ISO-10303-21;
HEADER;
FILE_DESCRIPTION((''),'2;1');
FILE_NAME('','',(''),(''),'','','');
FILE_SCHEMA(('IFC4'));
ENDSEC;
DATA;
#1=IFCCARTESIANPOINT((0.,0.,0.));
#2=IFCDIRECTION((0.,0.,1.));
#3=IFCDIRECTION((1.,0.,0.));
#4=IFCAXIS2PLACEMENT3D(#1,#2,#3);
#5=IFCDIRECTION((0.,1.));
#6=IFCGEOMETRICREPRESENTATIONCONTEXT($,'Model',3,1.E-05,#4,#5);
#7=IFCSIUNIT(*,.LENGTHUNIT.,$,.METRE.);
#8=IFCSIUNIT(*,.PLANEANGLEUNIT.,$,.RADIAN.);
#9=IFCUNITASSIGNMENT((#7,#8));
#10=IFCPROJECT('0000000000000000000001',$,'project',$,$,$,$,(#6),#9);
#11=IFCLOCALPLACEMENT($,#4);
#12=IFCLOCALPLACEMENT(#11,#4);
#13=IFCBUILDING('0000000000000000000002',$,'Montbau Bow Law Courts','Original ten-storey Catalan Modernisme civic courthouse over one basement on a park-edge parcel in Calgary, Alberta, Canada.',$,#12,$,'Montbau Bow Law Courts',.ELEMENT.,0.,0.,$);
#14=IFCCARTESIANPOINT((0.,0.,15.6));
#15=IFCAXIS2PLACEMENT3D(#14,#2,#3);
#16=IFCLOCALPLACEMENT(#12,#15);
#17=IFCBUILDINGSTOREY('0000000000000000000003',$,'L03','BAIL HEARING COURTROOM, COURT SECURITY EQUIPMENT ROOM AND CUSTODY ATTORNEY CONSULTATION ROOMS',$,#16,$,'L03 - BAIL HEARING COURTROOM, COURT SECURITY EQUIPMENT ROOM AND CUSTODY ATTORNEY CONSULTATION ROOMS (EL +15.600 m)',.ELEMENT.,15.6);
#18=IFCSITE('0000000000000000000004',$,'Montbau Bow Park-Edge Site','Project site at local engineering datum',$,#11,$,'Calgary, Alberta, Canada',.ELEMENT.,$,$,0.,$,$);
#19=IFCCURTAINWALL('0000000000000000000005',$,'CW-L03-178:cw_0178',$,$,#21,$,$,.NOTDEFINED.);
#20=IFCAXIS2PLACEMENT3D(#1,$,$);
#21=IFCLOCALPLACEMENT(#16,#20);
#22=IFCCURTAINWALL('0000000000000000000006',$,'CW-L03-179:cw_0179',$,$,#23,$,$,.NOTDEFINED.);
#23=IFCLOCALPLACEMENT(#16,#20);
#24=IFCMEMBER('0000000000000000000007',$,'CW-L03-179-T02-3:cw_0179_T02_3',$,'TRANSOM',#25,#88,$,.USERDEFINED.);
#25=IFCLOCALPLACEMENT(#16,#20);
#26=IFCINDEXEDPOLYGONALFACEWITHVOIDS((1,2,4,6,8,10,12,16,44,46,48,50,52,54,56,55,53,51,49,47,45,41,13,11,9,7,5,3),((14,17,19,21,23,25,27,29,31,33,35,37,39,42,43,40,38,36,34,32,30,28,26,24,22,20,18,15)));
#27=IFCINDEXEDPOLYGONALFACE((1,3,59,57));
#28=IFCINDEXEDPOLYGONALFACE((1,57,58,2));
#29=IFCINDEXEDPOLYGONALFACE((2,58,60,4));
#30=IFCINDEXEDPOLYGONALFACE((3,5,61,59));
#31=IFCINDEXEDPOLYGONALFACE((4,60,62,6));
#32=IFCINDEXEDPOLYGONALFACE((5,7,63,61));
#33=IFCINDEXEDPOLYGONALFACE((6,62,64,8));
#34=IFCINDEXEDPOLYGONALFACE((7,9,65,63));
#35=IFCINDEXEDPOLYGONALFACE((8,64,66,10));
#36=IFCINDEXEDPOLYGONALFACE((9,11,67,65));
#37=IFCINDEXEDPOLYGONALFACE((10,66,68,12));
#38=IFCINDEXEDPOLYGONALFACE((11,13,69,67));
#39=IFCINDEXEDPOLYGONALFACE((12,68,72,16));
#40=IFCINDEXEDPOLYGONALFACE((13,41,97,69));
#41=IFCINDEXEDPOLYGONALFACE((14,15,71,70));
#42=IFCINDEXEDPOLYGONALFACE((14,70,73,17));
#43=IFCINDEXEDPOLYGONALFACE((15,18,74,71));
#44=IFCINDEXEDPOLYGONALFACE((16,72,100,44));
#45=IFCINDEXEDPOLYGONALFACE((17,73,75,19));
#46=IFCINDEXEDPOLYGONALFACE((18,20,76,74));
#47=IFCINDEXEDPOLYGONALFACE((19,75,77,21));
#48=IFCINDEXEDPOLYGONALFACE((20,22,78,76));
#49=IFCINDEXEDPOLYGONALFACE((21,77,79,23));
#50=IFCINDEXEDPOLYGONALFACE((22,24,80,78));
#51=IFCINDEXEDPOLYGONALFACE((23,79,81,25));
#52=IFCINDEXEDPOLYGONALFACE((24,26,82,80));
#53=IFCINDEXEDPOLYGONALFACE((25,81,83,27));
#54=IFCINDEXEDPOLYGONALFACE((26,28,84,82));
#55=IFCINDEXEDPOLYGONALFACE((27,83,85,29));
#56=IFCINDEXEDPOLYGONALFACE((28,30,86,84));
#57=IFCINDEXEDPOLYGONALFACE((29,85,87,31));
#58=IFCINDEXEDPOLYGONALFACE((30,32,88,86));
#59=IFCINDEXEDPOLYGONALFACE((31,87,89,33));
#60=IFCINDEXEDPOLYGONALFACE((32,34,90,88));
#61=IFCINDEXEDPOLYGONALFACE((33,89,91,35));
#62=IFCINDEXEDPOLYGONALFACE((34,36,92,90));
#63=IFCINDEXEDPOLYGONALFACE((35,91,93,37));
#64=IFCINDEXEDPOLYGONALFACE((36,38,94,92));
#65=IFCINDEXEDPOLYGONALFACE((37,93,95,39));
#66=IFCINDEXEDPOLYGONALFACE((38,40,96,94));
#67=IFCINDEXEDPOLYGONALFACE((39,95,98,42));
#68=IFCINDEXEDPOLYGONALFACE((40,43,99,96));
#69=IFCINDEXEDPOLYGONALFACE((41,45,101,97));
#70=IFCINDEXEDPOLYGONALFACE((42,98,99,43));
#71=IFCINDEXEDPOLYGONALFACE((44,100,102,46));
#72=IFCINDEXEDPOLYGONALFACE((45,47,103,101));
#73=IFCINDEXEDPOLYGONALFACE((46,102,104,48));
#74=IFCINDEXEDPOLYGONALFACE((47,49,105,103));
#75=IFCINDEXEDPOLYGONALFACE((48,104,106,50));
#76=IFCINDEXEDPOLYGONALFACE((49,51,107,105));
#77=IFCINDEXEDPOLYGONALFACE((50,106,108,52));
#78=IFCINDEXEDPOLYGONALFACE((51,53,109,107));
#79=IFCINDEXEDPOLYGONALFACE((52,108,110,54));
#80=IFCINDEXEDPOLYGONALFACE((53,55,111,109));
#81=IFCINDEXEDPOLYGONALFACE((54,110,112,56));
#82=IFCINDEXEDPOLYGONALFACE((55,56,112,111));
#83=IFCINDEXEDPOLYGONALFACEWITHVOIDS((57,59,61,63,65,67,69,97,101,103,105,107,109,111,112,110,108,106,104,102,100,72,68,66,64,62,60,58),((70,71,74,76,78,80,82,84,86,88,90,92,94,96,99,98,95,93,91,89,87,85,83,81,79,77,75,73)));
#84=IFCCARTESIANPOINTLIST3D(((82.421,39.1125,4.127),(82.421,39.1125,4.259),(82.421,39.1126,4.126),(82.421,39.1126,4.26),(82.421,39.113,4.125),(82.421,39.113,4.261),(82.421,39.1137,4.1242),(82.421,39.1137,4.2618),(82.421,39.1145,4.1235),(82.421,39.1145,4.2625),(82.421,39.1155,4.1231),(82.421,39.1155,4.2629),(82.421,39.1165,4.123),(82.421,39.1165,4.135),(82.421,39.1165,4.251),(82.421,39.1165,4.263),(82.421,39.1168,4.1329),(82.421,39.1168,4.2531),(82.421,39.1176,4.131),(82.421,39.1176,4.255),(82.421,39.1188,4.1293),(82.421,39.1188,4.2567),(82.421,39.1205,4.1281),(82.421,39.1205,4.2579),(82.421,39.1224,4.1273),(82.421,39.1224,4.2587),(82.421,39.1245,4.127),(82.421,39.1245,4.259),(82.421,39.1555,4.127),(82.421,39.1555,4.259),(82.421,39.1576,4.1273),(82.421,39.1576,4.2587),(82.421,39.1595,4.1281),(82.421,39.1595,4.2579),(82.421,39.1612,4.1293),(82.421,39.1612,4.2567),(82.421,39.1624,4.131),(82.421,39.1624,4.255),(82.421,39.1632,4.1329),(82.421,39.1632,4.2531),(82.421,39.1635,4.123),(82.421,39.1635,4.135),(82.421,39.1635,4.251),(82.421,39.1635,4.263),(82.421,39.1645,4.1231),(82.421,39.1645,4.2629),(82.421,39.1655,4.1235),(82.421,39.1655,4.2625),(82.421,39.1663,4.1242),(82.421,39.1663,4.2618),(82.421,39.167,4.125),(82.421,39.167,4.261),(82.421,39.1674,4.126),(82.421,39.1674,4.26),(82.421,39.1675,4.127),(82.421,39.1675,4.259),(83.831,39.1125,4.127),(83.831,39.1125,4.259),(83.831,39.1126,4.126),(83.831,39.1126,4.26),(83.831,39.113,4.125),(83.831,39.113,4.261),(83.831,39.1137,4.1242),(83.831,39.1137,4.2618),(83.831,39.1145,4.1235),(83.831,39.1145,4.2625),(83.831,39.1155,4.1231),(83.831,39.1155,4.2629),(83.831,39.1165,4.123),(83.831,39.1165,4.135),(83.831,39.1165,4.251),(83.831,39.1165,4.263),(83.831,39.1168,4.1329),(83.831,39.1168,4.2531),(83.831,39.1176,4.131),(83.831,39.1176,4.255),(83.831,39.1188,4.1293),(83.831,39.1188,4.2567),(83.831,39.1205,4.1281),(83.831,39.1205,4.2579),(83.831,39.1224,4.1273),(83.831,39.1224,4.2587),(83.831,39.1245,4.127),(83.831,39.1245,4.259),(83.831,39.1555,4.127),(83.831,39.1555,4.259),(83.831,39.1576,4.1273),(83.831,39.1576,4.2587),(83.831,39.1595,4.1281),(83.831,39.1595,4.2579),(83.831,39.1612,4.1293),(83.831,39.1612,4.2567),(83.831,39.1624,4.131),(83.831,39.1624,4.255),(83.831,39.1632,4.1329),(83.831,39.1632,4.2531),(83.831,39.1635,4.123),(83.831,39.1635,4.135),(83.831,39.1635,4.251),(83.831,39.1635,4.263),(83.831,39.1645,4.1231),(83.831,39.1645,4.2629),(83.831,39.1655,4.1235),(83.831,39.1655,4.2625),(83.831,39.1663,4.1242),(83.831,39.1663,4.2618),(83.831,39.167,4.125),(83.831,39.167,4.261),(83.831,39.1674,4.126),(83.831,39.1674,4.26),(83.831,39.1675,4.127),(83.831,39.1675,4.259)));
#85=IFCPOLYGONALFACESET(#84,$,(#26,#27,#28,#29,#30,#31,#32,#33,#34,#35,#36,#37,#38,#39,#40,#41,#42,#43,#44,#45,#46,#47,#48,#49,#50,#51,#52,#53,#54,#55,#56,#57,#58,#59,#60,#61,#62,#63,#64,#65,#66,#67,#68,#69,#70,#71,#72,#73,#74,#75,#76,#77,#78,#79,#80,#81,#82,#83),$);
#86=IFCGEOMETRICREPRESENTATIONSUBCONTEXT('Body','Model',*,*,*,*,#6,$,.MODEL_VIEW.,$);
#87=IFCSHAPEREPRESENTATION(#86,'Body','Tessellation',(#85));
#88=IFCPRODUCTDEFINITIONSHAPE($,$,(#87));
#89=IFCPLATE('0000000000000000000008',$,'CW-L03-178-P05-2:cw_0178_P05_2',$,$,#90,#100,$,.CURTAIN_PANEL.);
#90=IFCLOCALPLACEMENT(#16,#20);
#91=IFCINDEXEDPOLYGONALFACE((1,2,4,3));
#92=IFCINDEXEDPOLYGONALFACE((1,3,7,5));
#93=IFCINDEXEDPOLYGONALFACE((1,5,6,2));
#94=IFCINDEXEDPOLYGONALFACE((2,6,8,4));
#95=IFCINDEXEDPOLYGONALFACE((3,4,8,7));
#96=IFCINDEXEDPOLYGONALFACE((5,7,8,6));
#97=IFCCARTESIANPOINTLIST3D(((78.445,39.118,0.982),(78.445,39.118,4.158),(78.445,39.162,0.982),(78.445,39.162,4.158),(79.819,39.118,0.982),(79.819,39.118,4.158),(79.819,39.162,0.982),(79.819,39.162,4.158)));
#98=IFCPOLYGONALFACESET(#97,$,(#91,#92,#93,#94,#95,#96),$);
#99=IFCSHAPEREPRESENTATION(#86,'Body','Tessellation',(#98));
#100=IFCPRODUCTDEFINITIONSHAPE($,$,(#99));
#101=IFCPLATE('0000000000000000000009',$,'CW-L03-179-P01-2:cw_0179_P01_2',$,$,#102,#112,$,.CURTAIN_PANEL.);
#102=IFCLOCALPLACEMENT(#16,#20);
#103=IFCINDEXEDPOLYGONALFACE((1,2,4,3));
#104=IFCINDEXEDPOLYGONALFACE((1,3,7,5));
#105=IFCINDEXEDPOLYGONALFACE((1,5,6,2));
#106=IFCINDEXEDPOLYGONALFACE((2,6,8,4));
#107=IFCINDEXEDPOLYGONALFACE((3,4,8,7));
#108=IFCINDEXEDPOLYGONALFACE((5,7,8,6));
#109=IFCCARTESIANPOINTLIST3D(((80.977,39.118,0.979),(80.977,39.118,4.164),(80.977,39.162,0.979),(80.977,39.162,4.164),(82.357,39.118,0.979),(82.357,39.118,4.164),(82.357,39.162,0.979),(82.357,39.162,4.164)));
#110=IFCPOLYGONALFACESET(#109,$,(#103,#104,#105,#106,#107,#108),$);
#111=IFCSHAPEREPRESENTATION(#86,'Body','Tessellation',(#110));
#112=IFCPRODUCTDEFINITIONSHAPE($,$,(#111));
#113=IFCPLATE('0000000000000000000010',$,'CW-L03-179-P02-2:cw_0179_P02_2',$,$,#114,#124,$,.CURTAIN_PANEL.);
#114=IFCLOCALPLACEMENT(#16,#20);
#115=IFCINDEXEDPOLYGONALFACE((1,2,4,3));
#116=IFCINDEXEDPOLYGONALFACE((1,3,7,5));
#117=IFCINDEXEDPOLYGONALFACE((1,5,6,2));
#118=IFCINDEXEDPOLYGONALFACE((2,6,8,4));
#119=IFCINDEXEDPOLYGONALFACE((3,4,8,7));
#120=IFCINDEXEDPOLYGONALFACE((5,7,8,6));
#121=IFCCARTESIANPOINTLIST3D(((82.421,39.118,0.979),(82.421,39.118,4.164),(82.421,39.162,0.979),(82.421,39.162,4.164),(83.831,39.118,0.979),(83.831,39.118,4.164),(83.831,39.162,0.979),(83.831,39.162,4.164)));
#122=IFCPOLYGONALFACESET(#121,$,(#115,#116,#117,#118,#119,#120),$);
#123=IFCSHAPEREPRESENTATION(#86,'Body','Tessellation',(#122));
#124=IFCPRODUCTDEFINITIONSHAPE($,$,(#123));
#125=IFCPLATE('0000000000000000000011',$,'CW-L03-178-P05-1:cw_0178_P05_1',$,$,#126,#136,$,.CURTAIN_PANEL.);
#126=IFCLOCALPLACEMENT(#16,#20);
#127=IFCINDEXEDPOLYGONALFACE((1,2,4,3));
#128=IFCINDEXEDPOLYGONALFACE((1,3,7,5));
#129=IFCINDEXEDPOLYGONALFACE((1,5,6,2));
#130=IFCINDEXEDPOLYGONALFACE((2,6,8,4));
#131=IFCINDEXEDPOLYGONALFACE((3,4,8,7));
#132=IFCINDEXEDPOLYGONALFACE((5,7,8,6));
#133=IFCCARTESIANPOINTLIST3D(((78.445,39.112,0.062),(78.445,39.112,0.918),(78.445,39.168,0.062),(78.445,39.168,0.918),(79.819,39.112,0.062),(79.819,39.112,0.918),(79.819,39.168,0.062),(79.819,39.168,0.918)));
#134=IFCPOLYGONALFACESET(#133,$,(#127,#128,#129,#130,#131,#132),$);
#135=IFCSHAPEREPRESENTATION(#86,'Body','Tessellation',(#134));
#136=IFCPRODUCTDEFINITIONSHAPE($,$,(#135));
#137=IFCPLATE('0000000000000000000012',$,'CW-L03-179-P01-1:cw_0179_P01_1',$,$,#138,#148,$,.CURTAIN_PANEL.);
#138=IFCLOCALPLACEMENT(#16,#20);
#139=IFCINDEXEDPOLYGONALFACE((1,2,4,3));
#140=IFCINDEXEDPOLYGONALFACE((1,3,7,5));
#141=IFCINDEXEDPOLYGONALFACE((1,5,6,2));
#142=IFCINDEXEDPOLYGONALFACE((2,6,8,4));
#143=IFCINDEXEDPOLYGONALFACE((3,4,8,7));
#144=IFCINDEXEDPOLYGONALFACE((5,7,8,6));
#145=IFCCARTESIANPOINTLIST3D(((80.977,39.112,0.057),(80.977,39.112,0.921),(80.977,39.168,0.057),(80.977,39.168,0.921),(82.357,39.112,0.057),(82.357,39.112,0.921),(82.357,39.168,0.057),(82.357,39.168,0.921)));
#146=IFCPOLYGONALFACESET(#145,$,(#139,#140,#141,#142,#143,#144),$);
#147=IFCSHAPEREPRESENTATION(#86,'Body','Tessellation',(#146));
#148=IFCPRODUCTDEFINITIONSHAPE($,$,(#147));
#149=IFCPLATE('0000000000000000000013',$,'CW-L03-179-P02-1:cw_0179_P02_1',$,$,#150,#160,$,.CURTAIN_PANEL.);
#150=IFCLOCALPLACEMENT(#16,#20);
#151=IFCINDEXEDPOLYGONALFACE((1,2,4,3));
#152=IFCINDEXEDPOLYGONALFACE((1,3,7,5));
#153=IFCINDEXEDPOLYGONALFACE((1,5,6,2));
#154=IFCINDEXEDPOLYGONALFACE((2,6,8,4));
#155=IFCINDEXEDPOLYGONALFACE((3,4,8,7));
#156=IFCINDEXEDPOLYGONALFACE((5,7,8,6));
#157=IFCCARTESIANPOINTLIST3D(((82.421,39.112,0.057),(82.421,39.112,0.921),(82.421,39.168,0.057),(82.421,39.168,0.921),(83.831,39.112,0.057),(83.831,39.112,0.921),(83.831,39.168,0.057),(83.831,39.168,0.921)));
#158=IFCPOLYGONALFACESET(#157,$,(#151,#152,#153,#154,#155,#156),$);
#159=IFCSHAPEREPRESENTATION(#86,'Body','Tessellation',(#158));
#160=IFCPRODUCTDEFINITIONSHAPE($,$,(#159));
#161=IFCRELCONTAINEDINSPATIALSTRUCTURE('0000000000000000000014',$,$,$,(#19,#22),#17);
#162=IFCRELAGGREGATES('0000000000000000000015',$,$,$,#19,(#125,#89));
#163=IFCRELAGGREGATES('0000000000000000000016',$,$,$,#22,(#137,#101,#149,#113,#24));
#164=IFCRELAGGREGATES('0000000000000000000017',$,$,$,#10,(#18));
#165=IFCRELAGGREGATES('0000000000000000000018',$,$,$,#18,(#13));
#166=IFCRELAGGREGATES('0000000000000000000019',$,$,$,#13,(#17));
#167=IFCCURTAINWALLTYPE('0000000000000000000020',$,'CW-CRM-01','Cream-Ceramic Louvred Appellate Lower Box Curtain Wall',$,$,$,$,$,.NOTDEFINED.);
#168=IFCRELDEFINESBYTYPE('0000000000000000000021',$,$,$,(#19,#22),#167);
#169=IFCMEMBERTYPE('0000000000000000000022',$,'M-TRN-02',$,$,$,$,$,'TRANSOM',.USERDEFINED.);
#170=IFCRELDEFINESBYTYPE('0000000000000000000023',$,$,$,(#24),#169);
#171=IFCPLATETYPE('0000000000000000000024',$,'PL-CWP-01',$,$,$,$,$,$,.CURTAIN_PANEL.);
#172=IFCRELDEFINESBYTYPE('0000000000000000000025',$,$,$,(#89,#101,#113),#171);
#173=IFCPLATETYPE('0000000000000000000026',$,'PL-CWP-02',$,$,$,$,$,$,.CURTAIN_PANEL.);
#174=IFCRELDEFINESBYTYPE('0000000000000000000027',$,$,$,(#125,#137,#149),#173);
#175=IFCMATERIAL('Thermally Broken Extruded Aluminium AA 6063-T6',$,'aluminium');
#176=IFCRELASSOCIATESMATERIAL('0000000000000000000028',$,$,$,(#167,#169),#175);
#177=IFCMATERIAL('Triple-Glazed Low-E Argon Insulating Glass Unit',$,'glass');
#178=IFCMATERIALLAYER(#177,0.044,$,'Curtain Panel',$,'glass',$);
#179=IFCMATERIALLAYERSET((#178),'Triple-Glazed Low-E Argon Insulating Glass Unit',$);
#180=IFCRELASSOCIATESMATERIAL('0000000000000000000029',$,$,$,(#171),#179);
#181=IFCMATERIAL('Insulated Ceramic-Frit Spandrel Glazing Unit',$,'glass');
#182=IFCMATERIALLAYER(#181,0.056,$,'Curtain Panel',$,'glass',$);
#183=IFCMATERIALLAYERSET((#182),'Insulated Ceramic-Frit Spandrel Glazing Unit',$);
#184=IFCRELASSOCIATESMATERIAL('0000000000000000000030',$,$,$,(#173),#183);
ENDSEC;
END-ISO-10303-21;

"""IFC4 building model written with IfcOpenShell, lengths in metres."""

from ifc_helpers import new_model, si_unit, direction, frame, frame_2d, origin_with_axes, origin_2d_with_axis, place, context, subcontext, project, spatial, rectangle, hollow_rectangle, extrude, material, layer, layer_set, material_profile, profile_set, type_object, element, aggregate, save


model = new_model("IFC4")

# Units and contexts
model_context = context("Model", 3, precision=1e-05, world=origin_with_axes(), true_north=direction((0.0, 1.0)))
body_context = subcontext(model_context, "Body", "Model", "MODEL_VIEW")
ifc_project = project(units=[si_unit("LENGTHUNIT", "METRE"), si_unit("PLANEANGLEUNIT", "RADIAN")], contexts=[model_context])

# Site, building, storey
site_placement = place(None, origin_with_axes())
site = spatial("IfcSite", under=ifc_project, at=site_placement, Name="Montbau Bow Park-Edge Site", Description="Project site at local engineering datum", LongName="Calgary, Alberta, Canada", CompositionType="ELEMENT", RefElevation=0.0)
building_placement = place(site_placement, origin_with_axes())
building = spatial("IfcBuilding", under=site, at=building_placement, Name="Montbau Bow Law Courts", Description="Original ten-storey Catalan Modernisme civic courthouse over one basement on a park-edge parcel in Calgary, Alberta, Canada.", LongName="Montbau Bow Law Courts", CompositionType="ELEMENT", ElevationOfRefHeight=0.0, ElevationOfTerrain=0.0)
storey_placement = place(building_placement, frame((0.0, 0.0, 15.6), z_axis=(0.0, 0.0, 1.0), x_axis=(1.0, 0.0, 0.0)))
storey = spatial("IfcBuildingStorey", under=building, at=storey_placement, Name="L03", Description="BAIL HEARING COURTROOM, COURT SECURITY EQUIPMENT ROOM AND CUSTODY ATTORNEY CONSULTATION ROOMS", LongName="L03 - BAIL HEARING COURTROOM, COURT SECURITY EQUIPMENT ROOM AND CUSTODY ATTORNEY CONSULTATION ROOMS (EL +15.600 m)", CompositionType="ELEMENT", Elevation=15.6)

# Curtain walls
ifc_material_1 = material(Name="Thermally Broken Extruded Aluminium AA 6063-T6", Category="aluminium")
curtain_wall_type = type_object("IfcCurtainWallType", Name="CW-CRM-01", Description="Cream-Ceramic Louvred Appellate Lower Box Curtain Wall", PredefinedType="NOTDEFINED", material=ifc_material_1)
curtain_wall_1_placement = place(None, frame((72.515, 39.14, 15.6), z_axis=(0.0, 0.0, 1.0), x_axis=(1.0, 0.0, 0.0)))
curtain_wall_1 = element("IfcCurtainWall", 1, at=curtain_wall_1_placement, inside=storey, type_object=curtain_wall_type, Name="CW-L03-178:cw_0178", PredefinedType="NOTDEFINED")
curtain_wall_2_placement = place(None, frame((80.915, 39.14, 15.6), z_axis=(0.0, 0.0, 1.0), x_axis=(1.0, 0.0, 0.0)))
curtain_wall_2 = element("IfcCurtainWall", 2, at=curtain_wall_2_placement, inside=storey, type_object=curtain_wall_type, Name="CW-L03-179:cw_0179", PredefinedType="NOTDEFINED")

# Member
ifc_material_profile_1 = material_profile(ifc_material_1, hollow_rectangle(XDim=0.055, YDim=0.14, WallThickness=0.004, InnerFilletRadius=0.008, OuterFilletRadius=0.004, at=origin_2d_with_axis()), Name="CWT-140X55", Category="Main", Priority=0)
ifc_profile_set_1 = profile_set([ifc_material_profile_1], Name="Thermally Broken Extruded Aluminium AA 6063-T6")
member_type_1 = type_object("IfcMemberType", Name="M-TRN-02", ElementType="TRANSOM", PredefinedType="USERDEFINED", material=ifc_profile_set_1)
member_1_placement = place(None, frame((82.421, 39.14, 19.793), z_axis=(1.0, 0.0, 0.0), x_axis=(0.0, 1.0, 0.0)))
member_1 = element("IfcMember", 3, at=member_1_placement, type_object=member_type_1, Name="CW-L03-179-T02-3:cw_0179_T02_3", ObjectType="TRANSOM", PredefinedType="USERDEFINED", context=body_context, shape_type="SweptSolid", body=[
    extrude(hollow_rectangle(XDim=0.055, YDim=0.14, WallThickness=0.004, InnerFilletRadius=0.008, OuterFilletRadius=0.004, at=origin_2d_with_axis()), origin_with_axes(), (0.0, 0.0, 1.0), 1.41),
])

# Plates
ifc_material_2 = material(Name="Triple-Glazed Low-E Argon Insulating Glass Unit", Category="glass")
ifc_layer_1 = layer(ifc_material_2, 0.044, Name="Curtain Panel", Category="glass")
ifc_layer_set_1 = layer_set([ifc_layer_1], Name="Triple-Glazed Low-E Argon Insulating Glass Unit")
plate_type_1 = type_object("IfcPlateType", Name="PL-CWP-01", PredefinedType="CURTAIN_PANEL", material=ifc_layer_set_1)
plate_1_placement = place(None, frame((78.445, 39.14, 16.582), z_axis=(0.0, -1.0, 0.0), x_axis=(1.0, 0.0, 0.0)))
plate_1 = element("IfcPlate", 4, at=plate_1_placement, type_object=plate_type_1, Name="CW-L03-178-P05-2:cw_0178_P05_2", PredefinedType="CURTAIN_PANEL", context=body_context, shape_type="SweptSolid", body=[
    extrude(rectangle(XDim=1.374, YDim=3.176, at=frame_2d((0.687, 1.588), x_axis=(1.0, 0.0))), frame((0.0, 0.0, -0.022), z_axis=(0.0, 0.0, 1.0), x_axis=(1.0, 0.0, 0.0)), (0.0, 0.0, 1.0), 0.044),
])
plate_2_placement = place(None, frame((80.977, 39.14, 16.579), z_axis=(0.0, -1.0, 0.0), x_axis=(1.0, 0.0, 0.0)))
plate_2 = element("IfcPlate", 5, at=plate_2_placement, type_object=plate_type_1, Name="CW-L03-179-P01-2:cw_0179_P01_2", PredefinedType="CURTAIN_PANEL", context=body_context, shape_type="SweptSolid", body=[
    extrude(rectangle(XDim=1.38, YDim=3.185, at=frame_2d((0.69, 1.5925), x_axis=(1.0, 0.0))), frame((0.0, 0.0, -0.022), z_axis=(0.0, 0.0, 1.0), x_axis=(1.0, 0.0, 0.0)), (0.0, 0.0, 1.0), 0.044),
])
plate_3_placement = place(None, frame((82.421, 39.14, 16.579), z_axis=(0.0, -1.0, 0.0), x_axis=(1.0, 0.0, 0.0)))
plate_3 = element("IfcPlate", 6, at=plate_3_placement, type_object=plate_type_1, Name="CW-L03-179-P02-2:cw_0179_P02_2", PredefinedType="CURTAIN_PANEL", context=body_context, shape_type="SweptSolid", body=[
    extrude(rectangle(XDim=1.41, YDim=3.185, at=frame_2d((0.705, 1.5925), x_axis=(1.0, 0.0))), frame((0.0, 0.0, -0.022), z_axis=(0.0, 0.0, 1.0), x_axis=(1.0, 0.0, 0.0)), (0.0, 0.0, 1.0), 0.044),
])
ifc_material_3 = material(Name="Insulated Ceramic-Frit Spandrel Glazing Unit", Category="glass")
ifc_layer_2 = layer(ifc_material_3, 0.056, Name="Curtain Panel", Category="glass")
ifc_layer_set_2 = layer_set([ifc_layer_2], Name="Insulated Ceramic-Frit Spandrel Glazing Unit")
plate_type_2 = type_object("IfcPlateType", Name="PL-CWP-02", PredefinedType="CURTAIN_PANEL", material=ifc_layer_set_2)
plate_4_placement = place(None, frame((78.445, 39.14, 15.662), z_axis=(0.0, -1.0, 0.0), x_axis=(1.0, 0.0, 0.0)))
plate_4 = element("IfcPlate", 7, at=plate_4_placement, type_object=plate_type_2, Name="CW-L03-178-P05-1:cw_0178_P05_1", PredefinedType="CURTAIN_PANEL", context=body_context, shape_type="SweptSolid", body=[
    extrude(rectangle(XDim=1.374, YDim=0.856, at=frame_2d((0.687, 0.428), x_axis=(1.0, 0.0))), frame((0.0, 0.0, -0.028), z_axis=(0.0, 0.0, 1.0), x_axis=(1.0, 0.0, 0.0)), (0.0, 0.0, 1.0), 0.056),
])
aggregate(curtain_wall_1, [plate_4, plate_1])
plate_5_placement = place(None, frame((80.977, 39.14, 15.657), z_axis=(0.0, -1.0, 0.0), x_axis=(1.0, 0.0, 0.0)))
plate_5 = element("IfcPlate", 8, at=plate_5_placement, type_object=plate_type_2, Name="CW-L03-179-P01-1:cw_0179_P01_1", PredefinedType="CURTAIN_PANEL", context=body_context, shape_type="SweptSolid", body=[
    extrude(rectangle(XDim=1.38, YDim=0.864, at=frame_2d((0.69, 0.432), x_axis=(1.0, 0.0))), frame((0.0, 0.0, -0.028), z_axis=(0.0, 0.0, 1.0), x_axis=(1.0, 0.0, 0.0)), (0.0, 0.0, 1.0), 0.056),
])
plate_6_placement = place(None, frame((82.421, 39.14, 15.657), z_axis=(0.0, -1.0, 0.0), x_axis=(1.0, 0.0, 0.0)))
plate_6 = element("IfcPlate", 9, at=plate_6_placement, type_object=plate_type_2, Name="CW-L03-179-P02-1:cw_0179_P02_1", PredefinedType="CURTAIN_PANEL", context=body_context, shape_type="SweptSolid", body=[
    extrude(rectangle(XDim=1.41, YDim=0.864, at=frame_2d((0.705, 0.432), x_axis=(1.0, 0.0))), frame((0.0, 0.0, -0.028), z_axis=(0.0, 0.0, 1.0), x_axis=(1.0, 0.0, 0.0)), (0.0, 0.0, 1.0), 0.056),
])
aggregate(curtain_wall_2, [plate_5, plate_2, plate_6, plate_3, member_1])

save(model, "model.ifc")
